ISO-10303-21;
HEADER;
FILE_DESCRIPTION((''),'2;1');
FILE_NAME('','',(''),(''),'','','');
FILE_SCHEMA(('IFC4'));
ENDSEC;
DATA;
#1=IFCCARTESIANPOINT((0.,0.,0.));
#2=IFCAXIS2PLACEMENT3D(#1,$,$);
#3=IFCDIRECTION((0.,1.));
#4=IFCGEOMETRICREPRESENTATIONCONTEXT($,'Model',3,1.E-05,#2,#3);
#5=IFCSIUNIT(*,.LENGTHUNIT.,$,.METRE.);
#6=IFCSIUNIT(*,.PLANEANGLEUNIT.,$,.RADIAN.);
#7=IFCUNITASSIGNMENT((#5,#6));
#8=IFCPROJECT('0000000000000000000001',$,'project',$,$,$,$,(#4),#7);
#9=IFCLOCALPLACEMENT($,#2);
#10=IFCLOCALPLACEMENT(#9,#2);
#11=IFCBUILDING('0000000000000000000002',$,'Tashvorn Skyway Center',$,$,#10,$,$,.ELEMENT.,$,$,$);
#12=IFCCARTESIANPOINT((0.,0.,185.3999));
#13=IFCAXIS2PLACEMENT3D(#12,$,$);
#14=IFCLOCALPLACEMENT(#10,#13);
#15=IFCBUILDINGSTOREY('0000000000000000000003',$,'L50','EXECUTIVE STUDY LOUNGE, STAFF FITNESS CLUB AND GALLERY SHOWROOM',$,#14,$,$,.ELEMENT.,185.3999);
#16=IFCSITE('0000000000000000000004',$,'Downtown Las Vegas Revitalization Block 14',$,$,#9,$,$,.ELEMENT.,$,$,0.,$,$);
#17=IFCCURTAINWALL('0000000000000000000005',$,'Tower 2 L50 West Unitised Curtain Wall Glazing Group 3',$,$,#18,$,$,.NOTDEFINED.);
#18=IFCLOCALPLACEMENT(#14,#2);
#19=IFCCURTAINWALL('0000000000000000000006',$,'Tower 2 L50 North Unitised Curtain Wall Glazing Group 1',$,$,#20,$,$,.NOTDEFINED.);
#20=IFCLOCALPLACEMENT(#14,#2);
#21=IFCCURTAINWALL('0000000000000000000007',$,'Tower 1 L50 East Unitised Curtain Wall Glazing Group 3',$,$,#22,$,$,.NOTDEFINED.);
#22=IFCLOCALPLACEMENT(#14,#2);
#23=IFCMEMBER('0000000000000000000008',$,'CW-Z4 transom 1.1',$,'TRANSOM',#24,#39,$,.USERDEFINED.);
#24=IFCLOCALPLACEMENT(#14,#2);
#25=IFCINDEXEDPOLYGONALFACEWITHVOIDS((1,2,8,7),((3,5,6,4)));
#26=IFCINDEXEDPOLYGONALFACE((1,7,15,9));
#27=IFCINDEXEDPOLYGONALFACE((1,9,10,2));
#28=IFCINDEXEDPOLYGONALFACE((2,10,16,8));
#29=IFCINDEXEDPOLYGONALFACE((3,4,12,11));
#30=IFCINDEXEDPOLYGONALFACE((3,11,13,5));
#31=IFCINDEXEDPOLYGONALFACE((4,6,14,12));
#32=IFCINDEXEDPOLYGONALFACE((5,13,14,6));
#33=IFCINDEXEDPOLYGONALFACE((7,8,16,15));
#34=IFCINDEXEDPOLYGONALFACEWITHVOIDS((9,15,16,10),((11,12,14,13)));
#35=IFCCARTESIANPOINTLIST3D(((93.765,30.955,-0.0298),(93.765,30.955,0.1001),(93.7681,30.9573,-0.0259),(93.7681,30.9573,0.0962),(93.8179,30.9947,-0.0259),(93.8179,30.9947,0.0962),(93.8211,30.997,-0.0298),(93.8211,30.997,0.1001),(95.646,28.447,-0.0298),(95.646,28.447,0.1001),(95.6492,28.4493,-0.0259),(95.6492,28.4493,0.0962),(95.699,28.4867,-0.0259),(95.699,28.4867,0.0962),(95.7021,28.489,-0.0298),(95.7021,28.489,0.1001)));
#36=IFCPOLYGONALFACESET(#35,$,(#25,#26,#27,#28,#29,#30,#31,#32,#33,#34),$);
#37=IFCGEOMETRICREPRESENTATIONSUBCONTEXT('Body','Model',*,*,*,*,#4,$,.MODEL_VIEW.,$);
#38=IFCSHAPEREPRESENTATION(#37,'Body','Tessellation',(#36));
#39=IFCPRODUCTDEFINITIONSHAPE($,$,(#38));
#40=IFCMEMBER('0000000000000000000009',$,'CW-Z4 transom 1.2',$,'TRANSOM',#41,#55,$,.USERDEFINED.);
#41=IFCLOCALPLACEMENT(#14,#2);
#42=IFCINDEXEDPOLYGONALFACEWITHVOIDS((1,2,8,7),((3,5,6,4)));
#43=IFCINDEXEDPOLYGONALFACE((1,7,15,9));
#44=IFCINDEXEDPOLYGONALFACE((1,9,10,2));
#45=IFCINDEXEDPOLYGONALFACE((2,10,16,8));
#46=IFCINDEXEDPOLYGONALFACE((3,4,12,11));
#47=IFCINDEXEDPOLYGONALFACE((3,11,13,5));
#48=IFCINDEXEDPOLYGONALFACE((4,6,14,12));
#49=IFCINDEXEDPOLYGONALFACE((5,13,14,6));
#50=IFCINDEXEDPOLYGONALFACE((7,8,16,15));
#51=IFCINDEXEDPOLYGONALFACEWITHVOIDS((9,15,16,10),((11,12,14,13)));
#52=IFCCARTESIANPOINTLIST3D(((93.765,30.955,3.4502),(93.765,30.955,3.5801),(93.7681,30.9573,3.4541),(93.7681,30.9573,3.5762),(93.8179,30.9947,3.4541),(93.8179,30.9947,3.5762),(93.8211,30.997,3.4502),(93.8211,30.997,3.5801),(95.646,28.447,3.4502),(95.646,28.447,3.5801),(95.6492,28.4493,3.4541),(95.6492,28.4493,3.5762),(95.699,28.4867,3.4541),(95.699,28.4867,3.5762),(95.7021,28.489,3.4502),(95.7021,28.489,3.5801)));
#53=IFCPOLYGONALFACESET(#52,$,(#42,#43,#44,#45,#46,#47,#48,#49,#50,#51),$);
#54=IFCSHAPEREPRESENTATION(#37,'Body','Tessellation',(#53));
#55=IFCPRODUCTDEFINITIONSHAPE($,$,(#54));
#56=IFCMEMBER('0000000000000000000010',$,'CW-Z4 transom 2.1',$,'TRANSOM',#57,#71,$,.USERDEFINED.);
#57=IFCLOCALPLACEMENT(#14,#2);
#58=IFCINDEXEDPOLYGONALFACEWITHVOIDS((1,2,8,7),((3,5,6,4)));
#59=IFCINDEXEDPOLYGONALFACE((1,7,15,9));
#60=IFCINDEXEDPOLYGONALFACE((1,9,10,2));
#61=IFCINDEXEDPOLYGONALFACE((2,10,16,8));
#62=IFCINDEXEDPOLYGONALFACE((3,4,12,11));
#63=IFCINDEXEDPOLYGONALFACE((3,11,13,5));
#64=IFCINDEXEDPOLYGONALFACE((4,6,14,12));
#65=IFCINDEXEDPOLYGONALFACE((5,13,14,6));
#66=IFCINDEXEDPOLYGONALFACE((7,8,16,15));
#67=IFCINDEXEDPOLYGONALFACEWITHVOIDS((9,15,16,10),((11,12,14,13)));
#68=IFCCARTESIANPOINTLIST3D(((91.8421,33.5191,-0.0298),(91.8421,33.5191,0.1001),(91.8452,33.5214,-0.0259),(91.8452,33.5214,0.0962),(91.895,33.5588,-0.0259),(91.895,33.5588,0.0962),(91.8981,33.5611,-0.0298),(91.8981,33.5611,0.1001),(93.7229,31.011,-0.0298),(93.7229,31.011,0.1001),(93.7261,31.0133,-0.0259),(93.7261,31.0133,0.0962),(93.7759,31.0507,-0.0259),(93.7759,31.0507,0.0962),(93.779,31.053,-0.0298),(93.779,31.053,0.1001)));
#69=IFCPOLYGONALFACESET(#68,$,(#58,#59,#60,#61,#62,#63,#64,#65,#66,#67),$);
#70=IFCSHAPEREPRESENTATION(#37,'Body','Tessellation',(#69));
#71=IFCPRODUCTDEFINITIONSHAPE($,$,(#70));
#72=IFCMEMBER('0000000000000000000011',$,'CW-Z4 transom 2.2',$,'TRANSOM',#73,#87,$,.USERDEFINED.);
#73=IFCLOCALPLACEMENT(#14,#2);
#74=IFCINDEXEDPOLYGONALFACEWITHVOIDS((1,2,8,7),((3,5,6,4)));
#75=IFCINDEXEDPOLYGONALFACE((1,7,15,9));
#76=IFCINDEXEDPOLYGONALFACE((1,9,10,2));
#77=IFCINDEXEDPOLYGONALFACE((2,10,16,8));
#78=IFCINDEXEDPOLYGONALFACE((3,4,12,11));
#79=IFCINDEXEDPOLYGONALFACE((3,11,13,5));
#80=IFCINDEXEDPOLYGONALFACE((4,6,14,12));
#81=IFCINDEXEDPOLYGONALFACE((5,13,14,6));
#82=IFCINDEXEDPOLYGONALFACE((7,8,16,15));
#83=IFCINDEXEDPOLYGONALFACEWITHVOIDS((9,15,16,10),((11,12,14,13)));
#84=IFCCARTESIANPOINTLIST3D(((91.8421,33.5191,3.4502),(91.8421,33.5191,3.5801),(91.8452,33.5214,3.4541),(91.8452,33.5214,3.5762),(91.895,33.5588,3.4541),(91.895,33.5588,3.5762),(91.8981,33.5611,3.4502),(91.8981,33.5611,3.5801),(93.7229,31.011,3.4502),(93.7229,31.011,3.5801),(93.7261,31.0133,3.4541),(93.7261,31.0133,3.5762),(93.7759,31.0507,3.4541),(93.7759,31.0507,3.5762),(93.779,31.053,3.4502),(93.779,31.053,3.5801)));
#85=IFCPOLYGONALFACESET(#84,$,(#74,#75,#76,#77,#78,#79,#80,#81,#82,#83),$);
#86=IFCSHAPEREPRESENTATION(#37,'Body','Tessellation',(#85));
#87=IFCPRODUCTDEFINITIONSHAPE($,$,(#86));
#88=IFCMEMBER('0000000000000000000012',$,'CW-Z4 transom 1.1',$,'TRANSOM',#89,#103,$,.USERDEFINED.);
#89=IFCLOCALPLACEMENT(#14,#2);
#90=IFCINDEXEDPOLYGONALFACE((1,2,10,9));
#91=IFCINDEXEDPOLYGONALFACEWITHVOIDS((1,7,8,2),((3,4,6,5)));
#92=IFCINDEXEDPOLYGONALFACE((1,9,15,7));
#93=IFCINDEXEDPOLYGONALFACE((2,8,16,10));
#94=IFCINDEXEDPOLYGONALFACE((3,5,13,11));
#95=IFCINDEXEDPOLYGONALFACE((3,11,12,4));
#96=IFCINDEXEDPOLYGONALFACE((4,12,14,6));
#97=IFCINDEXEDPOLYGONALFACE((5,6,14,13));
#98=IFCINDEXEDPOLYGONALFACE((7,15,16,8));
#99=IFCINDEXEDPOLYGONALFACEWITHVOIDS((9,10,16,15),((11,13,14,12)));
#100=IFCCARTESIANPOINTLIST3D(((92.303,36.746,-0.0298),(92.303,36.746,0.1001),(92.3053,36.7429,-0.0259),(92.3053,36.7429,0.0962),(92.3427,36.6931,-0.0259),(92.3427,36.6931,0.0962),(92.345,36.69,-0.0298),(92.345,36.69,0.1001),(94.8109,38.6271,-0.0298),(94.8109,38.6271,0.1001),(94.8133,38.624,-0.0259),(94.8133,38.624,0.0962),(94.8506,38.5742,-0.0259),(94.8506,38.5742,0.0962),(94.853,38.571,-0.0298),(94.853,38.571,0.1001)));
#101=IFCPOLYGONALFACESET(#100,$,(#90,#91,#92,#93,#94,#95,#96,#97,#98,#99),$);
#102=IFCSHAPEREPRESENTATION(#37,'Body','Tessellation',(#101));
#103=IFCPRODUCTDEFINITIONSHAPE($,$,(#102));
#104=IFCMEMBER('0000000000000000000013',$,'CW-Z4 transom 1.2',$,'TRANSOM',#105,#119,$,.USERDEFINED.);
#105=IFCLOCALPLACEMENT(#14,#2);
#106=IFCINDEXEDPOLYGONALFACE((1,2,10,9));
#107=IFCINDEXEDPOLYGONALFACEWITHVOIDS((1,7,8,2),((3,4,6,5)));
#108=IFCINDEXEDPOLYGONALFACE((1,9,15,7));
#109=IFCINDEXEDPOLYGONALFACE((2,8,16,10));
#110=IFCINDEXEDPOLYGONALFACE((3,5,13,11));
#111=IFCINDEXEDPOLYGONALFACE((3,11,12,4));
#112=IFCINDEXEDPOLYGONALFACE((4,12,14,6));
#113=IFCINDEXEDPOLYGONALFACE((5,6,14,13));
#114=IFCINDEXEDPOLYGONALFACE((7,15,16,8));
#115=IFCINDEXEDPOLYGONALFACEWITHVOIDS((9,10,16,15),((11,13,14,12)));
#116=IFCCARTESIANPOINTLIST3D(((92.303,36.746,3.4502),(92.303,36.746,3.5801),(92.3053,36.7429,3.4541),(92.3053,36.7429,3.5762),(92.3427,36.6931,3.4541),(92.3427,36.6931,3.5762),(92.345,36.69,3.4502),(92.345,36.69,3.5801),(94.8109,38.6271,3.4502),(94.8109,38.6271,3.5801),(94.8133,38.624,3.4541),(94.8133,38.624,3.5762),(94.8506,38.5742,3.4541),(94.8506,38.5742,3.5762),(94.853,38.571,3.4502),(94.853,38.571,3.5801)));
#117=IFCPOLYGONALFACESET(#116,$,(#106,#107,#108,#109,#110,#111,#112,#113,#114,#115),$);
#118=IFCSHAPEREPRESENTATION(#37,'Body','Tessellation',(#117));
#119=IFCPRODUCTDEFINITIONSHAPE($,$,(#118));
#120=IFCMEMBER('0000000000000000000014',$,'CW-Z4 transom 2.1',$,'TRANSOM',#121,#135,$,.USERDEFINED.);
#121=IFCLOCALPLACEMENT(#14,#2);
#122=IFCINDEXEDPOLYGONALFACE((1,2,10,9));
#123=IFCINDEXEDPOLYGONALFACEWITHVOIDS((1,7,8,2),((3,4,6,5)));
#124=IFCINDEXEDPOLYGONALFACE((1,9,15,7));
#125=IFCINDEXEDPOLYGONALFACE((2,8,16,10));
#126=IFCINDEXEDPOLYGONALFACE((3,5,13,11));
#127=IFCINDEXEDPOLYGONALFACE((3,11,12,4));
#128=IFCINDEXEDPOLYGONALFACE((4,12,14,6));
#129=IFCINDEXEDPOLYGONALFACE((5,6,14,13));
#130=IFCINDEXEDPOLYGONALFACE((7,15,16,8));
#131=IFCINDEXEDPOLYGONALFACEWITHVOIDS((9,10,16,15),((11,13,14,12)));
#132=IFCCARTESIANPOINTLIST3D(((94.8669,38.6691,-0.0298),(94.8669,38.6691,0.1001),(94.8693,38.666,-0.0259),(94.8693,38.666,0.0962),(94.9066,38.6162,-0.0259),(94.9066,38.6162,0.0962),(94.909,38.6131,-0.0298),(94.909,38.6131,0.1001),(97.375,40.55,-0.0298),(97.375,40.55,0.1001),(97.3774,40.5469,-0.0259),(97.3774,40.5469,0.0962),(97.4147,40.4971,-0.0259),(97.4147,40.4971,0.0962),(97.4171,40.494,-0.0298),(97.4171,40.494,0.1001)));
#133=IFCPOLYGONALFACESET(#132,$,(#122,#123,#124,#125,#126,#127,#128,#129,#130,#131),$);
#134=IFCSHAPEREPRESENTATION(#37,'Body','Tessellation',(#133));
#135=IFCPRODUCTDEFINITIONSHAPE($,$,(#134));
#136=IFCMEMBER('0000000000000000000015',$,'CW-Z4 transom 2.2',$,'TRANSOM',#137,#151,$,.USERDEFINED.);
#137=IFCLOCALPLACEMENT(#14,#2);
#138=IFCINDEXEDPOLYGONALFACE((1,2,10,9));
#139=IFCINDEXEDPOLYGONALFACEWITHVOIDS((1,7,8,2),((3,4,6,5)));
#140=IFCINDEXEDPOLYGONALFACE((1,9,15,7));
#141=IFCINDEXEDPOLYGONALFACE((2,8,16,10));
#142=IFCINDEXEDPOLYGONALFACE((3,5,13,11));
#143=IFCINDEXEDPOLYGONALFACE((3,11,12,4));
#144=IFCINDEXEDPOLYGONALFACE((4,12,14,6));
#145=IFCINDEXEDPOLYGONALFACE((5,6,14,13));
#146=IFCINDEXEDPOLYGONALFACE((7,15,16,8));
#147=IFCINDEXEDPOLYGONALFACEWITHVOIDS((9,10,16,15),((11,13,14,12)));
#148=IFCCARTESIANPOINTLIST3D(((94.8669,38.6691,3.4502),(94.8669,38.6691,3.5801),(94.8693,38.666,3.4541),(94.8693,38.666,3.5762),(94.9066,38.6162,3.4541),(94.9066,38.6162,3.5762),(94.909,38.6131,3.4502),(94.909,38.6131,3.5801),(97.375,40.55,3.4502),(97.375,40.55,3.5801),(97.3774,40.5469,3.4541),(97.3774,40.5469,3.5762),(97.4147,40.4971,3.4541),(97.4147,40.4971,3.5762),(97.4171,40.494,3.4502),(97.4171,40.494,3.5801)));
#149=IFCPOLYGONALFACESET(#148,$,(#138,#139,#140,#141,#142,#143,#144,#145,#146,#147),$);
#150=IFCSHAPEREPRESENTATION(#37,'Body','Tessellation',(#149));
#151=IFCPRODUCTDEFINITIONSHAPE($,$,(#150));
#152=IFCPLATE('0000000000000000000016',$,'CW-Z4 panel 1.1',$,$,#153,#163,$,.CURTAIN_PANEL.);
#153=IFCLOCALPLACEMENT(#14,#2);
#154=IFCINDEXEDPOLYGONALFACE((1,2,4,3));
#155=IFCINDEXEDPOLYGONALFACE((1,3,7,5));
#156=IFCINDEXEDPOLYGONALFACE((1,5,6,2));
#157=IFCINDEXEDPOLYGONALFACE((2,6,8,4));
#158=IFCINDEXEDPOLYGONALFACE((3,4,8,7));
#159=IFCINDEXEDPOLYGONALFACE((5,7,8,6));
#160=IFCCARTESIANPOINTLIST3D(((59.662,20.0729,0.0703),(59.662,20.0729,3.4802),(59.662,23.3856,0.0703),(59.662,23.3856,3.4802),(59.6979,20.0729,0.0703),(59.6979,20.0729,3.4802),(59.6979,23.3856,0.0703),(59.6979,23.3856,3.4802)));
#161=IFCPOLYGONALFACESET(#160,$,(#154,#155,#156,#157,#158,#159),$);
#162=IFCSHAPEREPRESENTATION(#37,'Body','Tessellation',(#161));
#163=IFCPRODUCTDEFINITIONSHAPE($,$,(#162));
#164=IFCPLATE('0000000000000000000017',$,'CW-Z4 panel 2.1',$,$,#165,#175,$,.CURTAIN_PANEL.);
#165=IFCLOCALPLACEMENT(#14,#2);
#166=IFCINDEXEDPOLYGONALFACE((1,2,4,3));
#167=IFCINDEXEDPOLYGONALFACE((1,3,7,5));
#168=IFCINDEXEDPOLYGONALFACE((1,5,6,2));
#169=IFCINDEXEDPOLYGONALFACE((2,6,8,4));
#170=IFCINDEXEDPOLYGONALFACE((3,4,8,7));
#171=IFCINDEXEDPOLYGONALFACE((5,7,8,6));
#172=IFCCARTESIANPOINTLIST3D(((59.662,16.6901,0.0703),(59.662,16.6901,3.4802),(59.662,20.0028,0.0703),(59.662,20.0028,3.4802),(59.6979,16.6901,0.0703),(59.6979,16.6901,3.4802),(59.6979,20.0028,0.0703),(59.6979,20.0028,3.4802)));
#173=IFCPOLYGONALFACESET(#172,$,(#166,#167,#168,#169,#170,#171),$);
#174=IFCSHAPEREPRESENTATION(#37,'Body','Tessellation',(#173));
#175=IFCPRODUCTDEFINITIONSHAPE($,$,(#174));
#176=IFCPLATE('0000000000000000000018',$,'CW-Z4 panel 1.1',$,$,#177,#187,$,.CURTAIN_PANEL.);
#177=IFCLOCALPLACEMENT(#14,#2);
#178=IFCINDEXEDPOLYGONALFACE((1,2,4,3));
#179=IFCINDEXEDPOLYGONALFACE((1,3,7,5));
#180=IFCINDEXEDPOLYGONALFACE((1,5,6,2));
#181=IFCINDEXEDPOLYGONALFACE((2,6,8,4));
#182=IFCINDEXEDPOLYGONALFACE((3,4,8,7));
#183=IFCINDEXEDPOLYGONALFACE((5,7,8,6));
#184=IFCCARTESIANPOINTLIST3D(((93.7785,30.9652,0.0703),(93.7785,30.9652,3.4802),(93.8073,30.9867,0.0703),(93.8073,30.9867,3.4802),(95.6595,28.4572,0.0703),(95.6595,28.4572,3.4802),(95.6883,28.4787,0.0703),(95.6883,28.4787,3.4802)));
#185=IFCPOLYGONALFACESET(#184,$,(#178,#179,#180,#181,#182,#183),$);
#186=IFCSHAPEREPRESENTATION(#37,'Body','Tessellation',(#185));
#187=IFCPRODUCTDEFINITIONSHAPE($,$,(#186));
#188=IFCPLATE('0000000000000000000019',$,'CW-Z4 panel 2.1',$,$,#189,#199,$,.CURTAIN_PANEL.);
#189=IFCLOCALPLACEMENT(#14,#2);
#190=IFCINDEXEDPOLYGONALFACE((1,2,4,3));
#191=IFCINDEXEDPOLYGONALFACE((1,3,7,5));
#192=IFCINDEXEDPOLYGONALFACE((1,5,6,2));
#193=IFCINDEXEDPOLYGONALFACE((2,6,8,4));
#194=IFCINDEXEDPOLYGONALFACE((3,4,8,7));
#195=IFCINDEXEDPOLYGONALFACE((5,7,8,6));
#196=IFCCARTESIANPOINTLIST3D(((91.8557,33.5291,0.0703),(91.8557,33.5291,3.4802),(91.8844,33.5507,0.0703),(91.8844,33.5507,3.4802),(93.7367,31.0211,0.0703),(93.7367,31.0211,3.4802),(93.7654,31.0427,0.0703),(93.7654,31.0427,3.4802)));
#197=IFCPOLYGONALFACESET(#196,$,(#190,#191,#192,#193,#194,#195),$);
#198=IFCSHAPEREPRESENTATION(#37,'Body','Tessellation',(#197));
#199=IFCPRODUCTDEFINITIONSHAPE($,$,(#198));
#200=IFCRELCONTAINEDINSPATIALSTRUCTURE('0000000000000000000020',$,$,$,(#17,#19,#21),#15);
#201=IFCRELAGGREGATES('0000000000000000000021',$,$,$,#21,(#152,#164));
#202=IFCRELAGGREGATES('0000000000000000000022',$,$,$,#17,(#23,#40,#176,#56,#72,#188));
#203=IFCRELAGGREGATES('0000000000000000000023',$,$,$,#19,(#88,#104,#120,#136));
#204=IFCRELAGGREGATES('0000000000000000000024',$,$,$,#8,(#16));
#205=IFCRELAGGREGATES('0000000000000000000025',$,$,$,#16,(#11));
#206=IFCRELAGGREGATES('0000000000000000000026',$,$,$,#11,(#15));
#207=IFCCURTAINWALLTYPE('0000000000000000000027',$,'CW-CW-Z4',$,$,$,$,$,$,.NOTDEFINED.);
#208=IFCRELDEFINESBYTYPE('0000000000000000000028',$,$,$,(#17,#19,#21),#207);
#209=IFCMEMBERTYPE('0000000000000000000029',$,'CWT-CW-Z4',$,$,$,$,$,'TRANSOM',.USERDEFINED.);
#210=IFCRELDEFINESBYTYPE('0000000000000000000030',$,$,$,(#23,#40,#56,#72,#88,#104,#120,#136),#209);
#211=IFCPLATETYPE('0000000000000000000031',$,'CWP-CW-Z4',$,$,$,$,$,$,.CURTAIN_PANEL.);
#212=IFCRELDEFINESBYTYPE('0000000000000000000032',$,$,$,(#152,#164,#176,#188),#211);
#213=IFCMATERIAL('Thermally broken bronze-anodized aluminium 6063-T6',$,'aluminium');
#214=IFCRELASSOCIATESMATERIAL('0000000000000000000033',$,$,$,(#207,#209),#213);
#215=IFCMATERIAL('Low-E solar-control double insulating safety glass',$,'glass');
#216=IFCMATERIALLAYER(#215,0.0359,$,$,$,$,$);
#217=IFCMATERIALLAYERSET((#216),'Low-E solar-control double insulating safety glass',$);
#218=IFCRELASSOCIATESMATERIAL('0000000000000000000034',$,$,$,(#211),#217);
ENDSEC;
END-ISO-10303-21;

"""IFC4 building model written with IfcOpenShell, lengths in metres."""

from ifc_helpers import new_model, si_unit, direction, frame, origin, origin_2d, place, context, subcontext, project, spatial, rectangle, hollow_rectangle, extrude, material, layer, layer_set, material_profile, profile_set, type_object, element, aggregate, save


model = new_model("IFC4")

# Units and contexts
model_context = context("Model", 3, precision=1e-05, world=origin(), true_north=direction((0.0, 1.0)))
body_context = subcontext(model_context, "Body", "Model", "MODEL_VIEW")
ifc_project = project(units=[si_unit("LENGTHUNIT", "METRE"), si_unit("PLANEANGLEUNIT", "RADIAN")], contexts=[model_context])

# Site, building, storey
site_placement = place(None, origin())
site = spatial("IfcSite", under=ifc_project, at=site_placement, Name="Downtown Las Vegas Revitalization Block 14", CompositionType="ELEMENT", RefElevation=0.0)
building_placement = place(site_placement, origin())
building = spatial("IfcBuilding", under=site, at=building_placement, Name="Tashvorn Skyway Center", CompositionType="ELEMENT")
storey_placement = place(building_placement, frame((0.0, 0.0, 185.3999)))
storey = spatial("IfcBuildingStorey", under=building, at=storey_placement, Name="L50", Description="EXECUTIVE STUDY LOUNGE, STAFF FITNESS CLUB AND GALLERY SHOWROOM", CompositionType="ELEMENT", Elevation=185.3999)

# Curtain walls
ifc_material_1 = material(Name="Thermally broken bronze-anodized aluminium 6063-T6", Category="aluminium")
curtain_wall_type = type_object("IfcCurtainWallType", Name="CW-CW-Z4", PredefinedType="NOTDEFINED", material=ifc_material_1)
curtain_wall_1_placement = place(storey_placement, origin())
curtain_wall_1 = element("IfcCurtainWall", 1, at=curtain_wall_1_placement, inside=storey, type_object=curtain_wall_type, Name="Tower 2 L50 West Unitised Curtain Wall Glazing Group 3", PredefinedType="NOTDEFINED")
curtain_wall_2_placement = place(storey_placement, origin())
curtain_wall_2 = element("IfcCurtainWall", 2, at=curtain_wall_2_placement, inside=storey, type_object=curtain_wall_type, Name="Tower 2 L50 North Unitised Curtain Wall Glazing Group 1", PredefinedType="NOTDEFINED")
curtain_wall_3_placement = place(storey_placement, origin())
curtain_wall_3 = element("IfcCurtainWall", 3, at=curtain_wall_3_placement, inside=storey, type_object=curtain_wall_type, Name="Tower 1 L50 East Unitised Curtain Wall Glazing Group 3", PredefinedType="NOTDEFINED")
ifc_material_profile_1 = material_profile(ifc_material_1, hollow_rectangle(XDim=0.0701, YDim=0.1299, WallThickness=0.0039, at=origin_2d()), Name="ALU-TRAN-70x130")
ifc_profile_set_1 = profile_set([ifc_material_profile_1], Name="Thermally broken bronze-anodized aluminium 6063-T6")
member_type_1 = type_object("IfcMemberType", Name="CWT-CW-Z4", ElementType="TRANSOM", PredefinedType="USERDEFINED", material=ifc_profile_set_1)

# Members
member_1_placement = place(storey_placement, frame((95.6741, 28.468, 0.0352), z_axis=(-0.600012, 0.799991, 0.0), x_axis=(-0.799991, -0.600012, 0.0)))
member_1 = element("IfcMember", 4, at=member_1_placement, type_object=member_type_1, Name="CW-Z4 transom 1.1", ObjectType="TRANSOM", PredefinedType="USERDEFINED", context=body_context, shape_type="SweptSolid", body=[
    extrude(hollow_rectangle(XDim=0.0701, YDim=0.1299, WallThickness=0.0039, at=origin_2d()), origin(), (0.0, 0.0, 1.0), 3.135),
])
member_2_placement = place(storey_placement, frame((95.6741, 28.468, 3.5151), z_axis=(-0.600012, 0.799991, 0.0), x_axis=(-0.799991, -0.600012, 0.0)))
member_2 = element("IfcMember", 5, at=member_2_placement, type_object=member_type_1, Name="CW-Z4 transom 1.2", ObjectType="TRANSOM", PredefinedType="USERDEFINED", context=body_context, shape_type="SweptSolid", body=[
    extrude(hollow_rectangle(XDim=0.0701, YDim=0.1299, WallThickness=0.0039, at=origin_2d()), origin(), (0.0, 0.0, 1.0), 3.135),
])
member_3_placement = place(storey_placement, frame((93.751, 31.032, 0.0352), z_axis=(-0.599963, 0.800028, 0.0), x_axis=(-0.800028, -0.599963, 0.0)))
member_3 = element("IfcMember", 6, at=member_3_placement, type_object=member_type_1, Name="CW-Z4 transom 2.1", ObjectType="TRANSOM", PredefinedType="USERDEFINED", context=body_context, shape_type="SweptSolid", body=[
    extrude(hollow_rectangle(XDim=0.0701, YDim=0.1299, WallThickness=0.0039, at=origin_2d()), origin(), (0.0, 0.0, 1.0), 3.135),
])
member_4_placement = place(storey_placement, frame((93.751, 31.032, 3.5151), z_axis=(-0.599963, 0.800028, 0.0), x_axis=(-0.800028, -0.599963, 0.0)))
member_4 = element("IfcMember", 7, at=member_4_placement, type_object=member_type_1, Name="CW-Z4 transom 2.2", ObjectType="TRANSOM", PredefinedType="USERDEFINED", context=body_context, shape_type="SweptSolid", body=[
    extrude(hollow_rectangle(XDim=0.0701, YDim=0.1299, WallThickness=0.0039, at=origin_2d()), origin(), (0.0, 0.0, 1.0), 3.135),
])
member_5_placement = place(storey_placement, frame((92.324, 36.718, 0.0352), z_axis=(0.799991, 0.600012, 0.0), x_axis=(-0.600012, 0.799991, 0.0)))
member_5 = element("IfcMember", 8, at=member_5_placement, type_object=member_type_1, Name="CW-Z4 transom 1.1", ObjectType="TRANSOM", PredefinedType="USERDEFINED", context=body_context, shape_type="SweptSolid", body=[
    extrude(hollow_rectangle(XDim=0.0701, YDim=0.1299, WallThickness=0.0039, at=origin_2d()), origin(), (0.0, 0.0, 1.0), 3.135),
])
member_6_placement = place(storey_placement, frame((92.324, 36.718, 3.5151), z_axis=(0.799991, 0.600012, 0.0), x_axis=(-0.600012, 0.799991, 0.0)))
member_6 = element("IfcMember", 9, at=member_6_placement, type_object=member_type_1, Name="CW-Z4 transom 1.2", ObjectType="TRANSOM", PredefinedType="USERDEFINED", context=body_context, shape_type="SweptSolid", body=[
    extrude(hollow_rectangle(XDim=0.0701, YDim=0.1299, WallThickness=0.0039, at=origin_2d()), origin(), (0.0, 0.0, 1.0), 3.135),
])
member_7_placement = place(storey_placement, frame((94.8879, 38.6411, 0.0352), z_axis=(0.800028, 0.599963, 0.0), x_axis=(-0.599963, 0.800028, 0.0)))
member_7 = element("IfcMember", 10, at=member_7_placement, type_object=member_type_1, Name="CW-Z4 transom 2.1", ObjectType="TRANSOM", PredefinedType="USERDEFINED", context=body_context, shape_type="SweptSolid", body=[
    extrude(hollow_rectangle(XDim=0.0701, YDim=0.1299, WallThickness=0.0039, at=origin_2d()), origin(), (0.0, 0.0, 1.0), 3.135),
])
member_8_placement = place(storey_placement, frame((94.8879, 38.6411, 3.5151), z_axis=(0.800028, 0.599963, 0.0), x_axis=(-0.599963, 0.800028, 0.0)))
member_8 = element("IfcMember", 11, at=member_8_placement, type_object=member_type_1, Name="CW-Z4 transom 2.2", ObjectType="TRANSOM", PredefinedType="USERDEFINED", context=body_context, shape_type="SweptSolid", body=[
    extrude(hollow_rectangle(XDim=0.0701, YDim=0.1299, WallThickness=0.0039, at=origin_2d()), origin(), (0.0, 0.0, 1.0), 3.135),
])

# Plates
ifc_material_2 = material(Name="Low-E solar-control double insulating safety glass", Category="glass")
ifc_layer_1 = layer(ifc_material_2, 0.0359)
ifc_layer_set_1 = layer_set([ifc_layer_1], Name="Low-E solar-control double insulating safety glass")
plate_type = type_object("IfcPlateType", Name="CWP-CW-Z4", PredefinedType="CURTAIN_PANEL", material=ifc_layer_set_1)
plate_1_placement = place(storey_placement, frame((59.6799, 21.7292, 0.0703), z_axis=(0.0, 0.0, 1.0), x_axis=(0.0, -1.0, 0.0)))
plate_1 = element("IfcPlate", 12, at=plate_1_placement, type_object=plate_type, Name="CW-Z4 panel 1.1", PredefinedType="CURTAIN_PANEL", context=body_context, shape_type="SweptSolid", body=[
    extrude(rectangle(XDim=3.3127, YDim=0.0359, at=origin_2d()), origin(), (0.0, 0.0, 1.0), 3.4099),
])
plate_2_placement = place(storey_placement, frame((59.6799, 18.3464, 0.0703), z_axis=(0.0, 0.0, 1.0), x_axis=(0.0, -1.0, 0.0)))
plate_2 = element("IfcPlate", 13, at=plate_2_placement, type_object=plate_type, Name="CW-Z4 panel 2.1", PredefinedType="CURTAIN_PANEL", context=body_context, shape_type="SweptSolid", body=[
    extrude(rectangle(XDim=3.3127, YDim=0.0359, at=origin_2d()), origin(), (0.0, 0.0, 1.0), 3.4099),
])
aggregate(curtain_wall_3, [plate_1, plate_2])
plate_3_placement = place(storey_placement, frame((94.7334, 29.7219, 0.0703), z_axis=(0.0, 0.0, 1.0), x_axis=(-0.6, 0.8, 0.0)))
plate_3 = element("IfcPlate", 14, at=plate_3_placement, type_object=plate_type, Name="CW-Z4 panel 1.1", PredefinedType="CURTAIN_PANEL", context=body_context, shape_type="SweptSolid", body=[
    extrude(rectangle(XDim=3.135, YDim=0.0359, at=origin_2d()), origin(), (0.0, 0.0, 1.0), 3.4099),
])
plate_4_placement = place(storey_placement, frame((92.8105, 32.2859, 0.0703), z_axis=(0.0, 0.0, 1.0), x_axis=(-0.6, 0.8, 0.0)))
plate_4 = element("IfcPlate", 15, at=plate_4_placement, type_object=plate_type, Name="CW-Z4 panel 2.1", PredefinedType="CURTAIN_PANEL", context=body_context, shape_type="SweptSolid", body=[
    extrude(rectangle(XDim=3.135, YDim=0.0359, at=origin_2d()), origin(), (0.0, 0.0, 1.0), 3.4099),
])
aggregate(curtain_wall_1, [member_1, member_2, plate_3, member_3, member_4, plate_4])
aggregate(curtain_wall_2, [member_5, member_6, member_7, member_8])

save(model, "model.ifc")
